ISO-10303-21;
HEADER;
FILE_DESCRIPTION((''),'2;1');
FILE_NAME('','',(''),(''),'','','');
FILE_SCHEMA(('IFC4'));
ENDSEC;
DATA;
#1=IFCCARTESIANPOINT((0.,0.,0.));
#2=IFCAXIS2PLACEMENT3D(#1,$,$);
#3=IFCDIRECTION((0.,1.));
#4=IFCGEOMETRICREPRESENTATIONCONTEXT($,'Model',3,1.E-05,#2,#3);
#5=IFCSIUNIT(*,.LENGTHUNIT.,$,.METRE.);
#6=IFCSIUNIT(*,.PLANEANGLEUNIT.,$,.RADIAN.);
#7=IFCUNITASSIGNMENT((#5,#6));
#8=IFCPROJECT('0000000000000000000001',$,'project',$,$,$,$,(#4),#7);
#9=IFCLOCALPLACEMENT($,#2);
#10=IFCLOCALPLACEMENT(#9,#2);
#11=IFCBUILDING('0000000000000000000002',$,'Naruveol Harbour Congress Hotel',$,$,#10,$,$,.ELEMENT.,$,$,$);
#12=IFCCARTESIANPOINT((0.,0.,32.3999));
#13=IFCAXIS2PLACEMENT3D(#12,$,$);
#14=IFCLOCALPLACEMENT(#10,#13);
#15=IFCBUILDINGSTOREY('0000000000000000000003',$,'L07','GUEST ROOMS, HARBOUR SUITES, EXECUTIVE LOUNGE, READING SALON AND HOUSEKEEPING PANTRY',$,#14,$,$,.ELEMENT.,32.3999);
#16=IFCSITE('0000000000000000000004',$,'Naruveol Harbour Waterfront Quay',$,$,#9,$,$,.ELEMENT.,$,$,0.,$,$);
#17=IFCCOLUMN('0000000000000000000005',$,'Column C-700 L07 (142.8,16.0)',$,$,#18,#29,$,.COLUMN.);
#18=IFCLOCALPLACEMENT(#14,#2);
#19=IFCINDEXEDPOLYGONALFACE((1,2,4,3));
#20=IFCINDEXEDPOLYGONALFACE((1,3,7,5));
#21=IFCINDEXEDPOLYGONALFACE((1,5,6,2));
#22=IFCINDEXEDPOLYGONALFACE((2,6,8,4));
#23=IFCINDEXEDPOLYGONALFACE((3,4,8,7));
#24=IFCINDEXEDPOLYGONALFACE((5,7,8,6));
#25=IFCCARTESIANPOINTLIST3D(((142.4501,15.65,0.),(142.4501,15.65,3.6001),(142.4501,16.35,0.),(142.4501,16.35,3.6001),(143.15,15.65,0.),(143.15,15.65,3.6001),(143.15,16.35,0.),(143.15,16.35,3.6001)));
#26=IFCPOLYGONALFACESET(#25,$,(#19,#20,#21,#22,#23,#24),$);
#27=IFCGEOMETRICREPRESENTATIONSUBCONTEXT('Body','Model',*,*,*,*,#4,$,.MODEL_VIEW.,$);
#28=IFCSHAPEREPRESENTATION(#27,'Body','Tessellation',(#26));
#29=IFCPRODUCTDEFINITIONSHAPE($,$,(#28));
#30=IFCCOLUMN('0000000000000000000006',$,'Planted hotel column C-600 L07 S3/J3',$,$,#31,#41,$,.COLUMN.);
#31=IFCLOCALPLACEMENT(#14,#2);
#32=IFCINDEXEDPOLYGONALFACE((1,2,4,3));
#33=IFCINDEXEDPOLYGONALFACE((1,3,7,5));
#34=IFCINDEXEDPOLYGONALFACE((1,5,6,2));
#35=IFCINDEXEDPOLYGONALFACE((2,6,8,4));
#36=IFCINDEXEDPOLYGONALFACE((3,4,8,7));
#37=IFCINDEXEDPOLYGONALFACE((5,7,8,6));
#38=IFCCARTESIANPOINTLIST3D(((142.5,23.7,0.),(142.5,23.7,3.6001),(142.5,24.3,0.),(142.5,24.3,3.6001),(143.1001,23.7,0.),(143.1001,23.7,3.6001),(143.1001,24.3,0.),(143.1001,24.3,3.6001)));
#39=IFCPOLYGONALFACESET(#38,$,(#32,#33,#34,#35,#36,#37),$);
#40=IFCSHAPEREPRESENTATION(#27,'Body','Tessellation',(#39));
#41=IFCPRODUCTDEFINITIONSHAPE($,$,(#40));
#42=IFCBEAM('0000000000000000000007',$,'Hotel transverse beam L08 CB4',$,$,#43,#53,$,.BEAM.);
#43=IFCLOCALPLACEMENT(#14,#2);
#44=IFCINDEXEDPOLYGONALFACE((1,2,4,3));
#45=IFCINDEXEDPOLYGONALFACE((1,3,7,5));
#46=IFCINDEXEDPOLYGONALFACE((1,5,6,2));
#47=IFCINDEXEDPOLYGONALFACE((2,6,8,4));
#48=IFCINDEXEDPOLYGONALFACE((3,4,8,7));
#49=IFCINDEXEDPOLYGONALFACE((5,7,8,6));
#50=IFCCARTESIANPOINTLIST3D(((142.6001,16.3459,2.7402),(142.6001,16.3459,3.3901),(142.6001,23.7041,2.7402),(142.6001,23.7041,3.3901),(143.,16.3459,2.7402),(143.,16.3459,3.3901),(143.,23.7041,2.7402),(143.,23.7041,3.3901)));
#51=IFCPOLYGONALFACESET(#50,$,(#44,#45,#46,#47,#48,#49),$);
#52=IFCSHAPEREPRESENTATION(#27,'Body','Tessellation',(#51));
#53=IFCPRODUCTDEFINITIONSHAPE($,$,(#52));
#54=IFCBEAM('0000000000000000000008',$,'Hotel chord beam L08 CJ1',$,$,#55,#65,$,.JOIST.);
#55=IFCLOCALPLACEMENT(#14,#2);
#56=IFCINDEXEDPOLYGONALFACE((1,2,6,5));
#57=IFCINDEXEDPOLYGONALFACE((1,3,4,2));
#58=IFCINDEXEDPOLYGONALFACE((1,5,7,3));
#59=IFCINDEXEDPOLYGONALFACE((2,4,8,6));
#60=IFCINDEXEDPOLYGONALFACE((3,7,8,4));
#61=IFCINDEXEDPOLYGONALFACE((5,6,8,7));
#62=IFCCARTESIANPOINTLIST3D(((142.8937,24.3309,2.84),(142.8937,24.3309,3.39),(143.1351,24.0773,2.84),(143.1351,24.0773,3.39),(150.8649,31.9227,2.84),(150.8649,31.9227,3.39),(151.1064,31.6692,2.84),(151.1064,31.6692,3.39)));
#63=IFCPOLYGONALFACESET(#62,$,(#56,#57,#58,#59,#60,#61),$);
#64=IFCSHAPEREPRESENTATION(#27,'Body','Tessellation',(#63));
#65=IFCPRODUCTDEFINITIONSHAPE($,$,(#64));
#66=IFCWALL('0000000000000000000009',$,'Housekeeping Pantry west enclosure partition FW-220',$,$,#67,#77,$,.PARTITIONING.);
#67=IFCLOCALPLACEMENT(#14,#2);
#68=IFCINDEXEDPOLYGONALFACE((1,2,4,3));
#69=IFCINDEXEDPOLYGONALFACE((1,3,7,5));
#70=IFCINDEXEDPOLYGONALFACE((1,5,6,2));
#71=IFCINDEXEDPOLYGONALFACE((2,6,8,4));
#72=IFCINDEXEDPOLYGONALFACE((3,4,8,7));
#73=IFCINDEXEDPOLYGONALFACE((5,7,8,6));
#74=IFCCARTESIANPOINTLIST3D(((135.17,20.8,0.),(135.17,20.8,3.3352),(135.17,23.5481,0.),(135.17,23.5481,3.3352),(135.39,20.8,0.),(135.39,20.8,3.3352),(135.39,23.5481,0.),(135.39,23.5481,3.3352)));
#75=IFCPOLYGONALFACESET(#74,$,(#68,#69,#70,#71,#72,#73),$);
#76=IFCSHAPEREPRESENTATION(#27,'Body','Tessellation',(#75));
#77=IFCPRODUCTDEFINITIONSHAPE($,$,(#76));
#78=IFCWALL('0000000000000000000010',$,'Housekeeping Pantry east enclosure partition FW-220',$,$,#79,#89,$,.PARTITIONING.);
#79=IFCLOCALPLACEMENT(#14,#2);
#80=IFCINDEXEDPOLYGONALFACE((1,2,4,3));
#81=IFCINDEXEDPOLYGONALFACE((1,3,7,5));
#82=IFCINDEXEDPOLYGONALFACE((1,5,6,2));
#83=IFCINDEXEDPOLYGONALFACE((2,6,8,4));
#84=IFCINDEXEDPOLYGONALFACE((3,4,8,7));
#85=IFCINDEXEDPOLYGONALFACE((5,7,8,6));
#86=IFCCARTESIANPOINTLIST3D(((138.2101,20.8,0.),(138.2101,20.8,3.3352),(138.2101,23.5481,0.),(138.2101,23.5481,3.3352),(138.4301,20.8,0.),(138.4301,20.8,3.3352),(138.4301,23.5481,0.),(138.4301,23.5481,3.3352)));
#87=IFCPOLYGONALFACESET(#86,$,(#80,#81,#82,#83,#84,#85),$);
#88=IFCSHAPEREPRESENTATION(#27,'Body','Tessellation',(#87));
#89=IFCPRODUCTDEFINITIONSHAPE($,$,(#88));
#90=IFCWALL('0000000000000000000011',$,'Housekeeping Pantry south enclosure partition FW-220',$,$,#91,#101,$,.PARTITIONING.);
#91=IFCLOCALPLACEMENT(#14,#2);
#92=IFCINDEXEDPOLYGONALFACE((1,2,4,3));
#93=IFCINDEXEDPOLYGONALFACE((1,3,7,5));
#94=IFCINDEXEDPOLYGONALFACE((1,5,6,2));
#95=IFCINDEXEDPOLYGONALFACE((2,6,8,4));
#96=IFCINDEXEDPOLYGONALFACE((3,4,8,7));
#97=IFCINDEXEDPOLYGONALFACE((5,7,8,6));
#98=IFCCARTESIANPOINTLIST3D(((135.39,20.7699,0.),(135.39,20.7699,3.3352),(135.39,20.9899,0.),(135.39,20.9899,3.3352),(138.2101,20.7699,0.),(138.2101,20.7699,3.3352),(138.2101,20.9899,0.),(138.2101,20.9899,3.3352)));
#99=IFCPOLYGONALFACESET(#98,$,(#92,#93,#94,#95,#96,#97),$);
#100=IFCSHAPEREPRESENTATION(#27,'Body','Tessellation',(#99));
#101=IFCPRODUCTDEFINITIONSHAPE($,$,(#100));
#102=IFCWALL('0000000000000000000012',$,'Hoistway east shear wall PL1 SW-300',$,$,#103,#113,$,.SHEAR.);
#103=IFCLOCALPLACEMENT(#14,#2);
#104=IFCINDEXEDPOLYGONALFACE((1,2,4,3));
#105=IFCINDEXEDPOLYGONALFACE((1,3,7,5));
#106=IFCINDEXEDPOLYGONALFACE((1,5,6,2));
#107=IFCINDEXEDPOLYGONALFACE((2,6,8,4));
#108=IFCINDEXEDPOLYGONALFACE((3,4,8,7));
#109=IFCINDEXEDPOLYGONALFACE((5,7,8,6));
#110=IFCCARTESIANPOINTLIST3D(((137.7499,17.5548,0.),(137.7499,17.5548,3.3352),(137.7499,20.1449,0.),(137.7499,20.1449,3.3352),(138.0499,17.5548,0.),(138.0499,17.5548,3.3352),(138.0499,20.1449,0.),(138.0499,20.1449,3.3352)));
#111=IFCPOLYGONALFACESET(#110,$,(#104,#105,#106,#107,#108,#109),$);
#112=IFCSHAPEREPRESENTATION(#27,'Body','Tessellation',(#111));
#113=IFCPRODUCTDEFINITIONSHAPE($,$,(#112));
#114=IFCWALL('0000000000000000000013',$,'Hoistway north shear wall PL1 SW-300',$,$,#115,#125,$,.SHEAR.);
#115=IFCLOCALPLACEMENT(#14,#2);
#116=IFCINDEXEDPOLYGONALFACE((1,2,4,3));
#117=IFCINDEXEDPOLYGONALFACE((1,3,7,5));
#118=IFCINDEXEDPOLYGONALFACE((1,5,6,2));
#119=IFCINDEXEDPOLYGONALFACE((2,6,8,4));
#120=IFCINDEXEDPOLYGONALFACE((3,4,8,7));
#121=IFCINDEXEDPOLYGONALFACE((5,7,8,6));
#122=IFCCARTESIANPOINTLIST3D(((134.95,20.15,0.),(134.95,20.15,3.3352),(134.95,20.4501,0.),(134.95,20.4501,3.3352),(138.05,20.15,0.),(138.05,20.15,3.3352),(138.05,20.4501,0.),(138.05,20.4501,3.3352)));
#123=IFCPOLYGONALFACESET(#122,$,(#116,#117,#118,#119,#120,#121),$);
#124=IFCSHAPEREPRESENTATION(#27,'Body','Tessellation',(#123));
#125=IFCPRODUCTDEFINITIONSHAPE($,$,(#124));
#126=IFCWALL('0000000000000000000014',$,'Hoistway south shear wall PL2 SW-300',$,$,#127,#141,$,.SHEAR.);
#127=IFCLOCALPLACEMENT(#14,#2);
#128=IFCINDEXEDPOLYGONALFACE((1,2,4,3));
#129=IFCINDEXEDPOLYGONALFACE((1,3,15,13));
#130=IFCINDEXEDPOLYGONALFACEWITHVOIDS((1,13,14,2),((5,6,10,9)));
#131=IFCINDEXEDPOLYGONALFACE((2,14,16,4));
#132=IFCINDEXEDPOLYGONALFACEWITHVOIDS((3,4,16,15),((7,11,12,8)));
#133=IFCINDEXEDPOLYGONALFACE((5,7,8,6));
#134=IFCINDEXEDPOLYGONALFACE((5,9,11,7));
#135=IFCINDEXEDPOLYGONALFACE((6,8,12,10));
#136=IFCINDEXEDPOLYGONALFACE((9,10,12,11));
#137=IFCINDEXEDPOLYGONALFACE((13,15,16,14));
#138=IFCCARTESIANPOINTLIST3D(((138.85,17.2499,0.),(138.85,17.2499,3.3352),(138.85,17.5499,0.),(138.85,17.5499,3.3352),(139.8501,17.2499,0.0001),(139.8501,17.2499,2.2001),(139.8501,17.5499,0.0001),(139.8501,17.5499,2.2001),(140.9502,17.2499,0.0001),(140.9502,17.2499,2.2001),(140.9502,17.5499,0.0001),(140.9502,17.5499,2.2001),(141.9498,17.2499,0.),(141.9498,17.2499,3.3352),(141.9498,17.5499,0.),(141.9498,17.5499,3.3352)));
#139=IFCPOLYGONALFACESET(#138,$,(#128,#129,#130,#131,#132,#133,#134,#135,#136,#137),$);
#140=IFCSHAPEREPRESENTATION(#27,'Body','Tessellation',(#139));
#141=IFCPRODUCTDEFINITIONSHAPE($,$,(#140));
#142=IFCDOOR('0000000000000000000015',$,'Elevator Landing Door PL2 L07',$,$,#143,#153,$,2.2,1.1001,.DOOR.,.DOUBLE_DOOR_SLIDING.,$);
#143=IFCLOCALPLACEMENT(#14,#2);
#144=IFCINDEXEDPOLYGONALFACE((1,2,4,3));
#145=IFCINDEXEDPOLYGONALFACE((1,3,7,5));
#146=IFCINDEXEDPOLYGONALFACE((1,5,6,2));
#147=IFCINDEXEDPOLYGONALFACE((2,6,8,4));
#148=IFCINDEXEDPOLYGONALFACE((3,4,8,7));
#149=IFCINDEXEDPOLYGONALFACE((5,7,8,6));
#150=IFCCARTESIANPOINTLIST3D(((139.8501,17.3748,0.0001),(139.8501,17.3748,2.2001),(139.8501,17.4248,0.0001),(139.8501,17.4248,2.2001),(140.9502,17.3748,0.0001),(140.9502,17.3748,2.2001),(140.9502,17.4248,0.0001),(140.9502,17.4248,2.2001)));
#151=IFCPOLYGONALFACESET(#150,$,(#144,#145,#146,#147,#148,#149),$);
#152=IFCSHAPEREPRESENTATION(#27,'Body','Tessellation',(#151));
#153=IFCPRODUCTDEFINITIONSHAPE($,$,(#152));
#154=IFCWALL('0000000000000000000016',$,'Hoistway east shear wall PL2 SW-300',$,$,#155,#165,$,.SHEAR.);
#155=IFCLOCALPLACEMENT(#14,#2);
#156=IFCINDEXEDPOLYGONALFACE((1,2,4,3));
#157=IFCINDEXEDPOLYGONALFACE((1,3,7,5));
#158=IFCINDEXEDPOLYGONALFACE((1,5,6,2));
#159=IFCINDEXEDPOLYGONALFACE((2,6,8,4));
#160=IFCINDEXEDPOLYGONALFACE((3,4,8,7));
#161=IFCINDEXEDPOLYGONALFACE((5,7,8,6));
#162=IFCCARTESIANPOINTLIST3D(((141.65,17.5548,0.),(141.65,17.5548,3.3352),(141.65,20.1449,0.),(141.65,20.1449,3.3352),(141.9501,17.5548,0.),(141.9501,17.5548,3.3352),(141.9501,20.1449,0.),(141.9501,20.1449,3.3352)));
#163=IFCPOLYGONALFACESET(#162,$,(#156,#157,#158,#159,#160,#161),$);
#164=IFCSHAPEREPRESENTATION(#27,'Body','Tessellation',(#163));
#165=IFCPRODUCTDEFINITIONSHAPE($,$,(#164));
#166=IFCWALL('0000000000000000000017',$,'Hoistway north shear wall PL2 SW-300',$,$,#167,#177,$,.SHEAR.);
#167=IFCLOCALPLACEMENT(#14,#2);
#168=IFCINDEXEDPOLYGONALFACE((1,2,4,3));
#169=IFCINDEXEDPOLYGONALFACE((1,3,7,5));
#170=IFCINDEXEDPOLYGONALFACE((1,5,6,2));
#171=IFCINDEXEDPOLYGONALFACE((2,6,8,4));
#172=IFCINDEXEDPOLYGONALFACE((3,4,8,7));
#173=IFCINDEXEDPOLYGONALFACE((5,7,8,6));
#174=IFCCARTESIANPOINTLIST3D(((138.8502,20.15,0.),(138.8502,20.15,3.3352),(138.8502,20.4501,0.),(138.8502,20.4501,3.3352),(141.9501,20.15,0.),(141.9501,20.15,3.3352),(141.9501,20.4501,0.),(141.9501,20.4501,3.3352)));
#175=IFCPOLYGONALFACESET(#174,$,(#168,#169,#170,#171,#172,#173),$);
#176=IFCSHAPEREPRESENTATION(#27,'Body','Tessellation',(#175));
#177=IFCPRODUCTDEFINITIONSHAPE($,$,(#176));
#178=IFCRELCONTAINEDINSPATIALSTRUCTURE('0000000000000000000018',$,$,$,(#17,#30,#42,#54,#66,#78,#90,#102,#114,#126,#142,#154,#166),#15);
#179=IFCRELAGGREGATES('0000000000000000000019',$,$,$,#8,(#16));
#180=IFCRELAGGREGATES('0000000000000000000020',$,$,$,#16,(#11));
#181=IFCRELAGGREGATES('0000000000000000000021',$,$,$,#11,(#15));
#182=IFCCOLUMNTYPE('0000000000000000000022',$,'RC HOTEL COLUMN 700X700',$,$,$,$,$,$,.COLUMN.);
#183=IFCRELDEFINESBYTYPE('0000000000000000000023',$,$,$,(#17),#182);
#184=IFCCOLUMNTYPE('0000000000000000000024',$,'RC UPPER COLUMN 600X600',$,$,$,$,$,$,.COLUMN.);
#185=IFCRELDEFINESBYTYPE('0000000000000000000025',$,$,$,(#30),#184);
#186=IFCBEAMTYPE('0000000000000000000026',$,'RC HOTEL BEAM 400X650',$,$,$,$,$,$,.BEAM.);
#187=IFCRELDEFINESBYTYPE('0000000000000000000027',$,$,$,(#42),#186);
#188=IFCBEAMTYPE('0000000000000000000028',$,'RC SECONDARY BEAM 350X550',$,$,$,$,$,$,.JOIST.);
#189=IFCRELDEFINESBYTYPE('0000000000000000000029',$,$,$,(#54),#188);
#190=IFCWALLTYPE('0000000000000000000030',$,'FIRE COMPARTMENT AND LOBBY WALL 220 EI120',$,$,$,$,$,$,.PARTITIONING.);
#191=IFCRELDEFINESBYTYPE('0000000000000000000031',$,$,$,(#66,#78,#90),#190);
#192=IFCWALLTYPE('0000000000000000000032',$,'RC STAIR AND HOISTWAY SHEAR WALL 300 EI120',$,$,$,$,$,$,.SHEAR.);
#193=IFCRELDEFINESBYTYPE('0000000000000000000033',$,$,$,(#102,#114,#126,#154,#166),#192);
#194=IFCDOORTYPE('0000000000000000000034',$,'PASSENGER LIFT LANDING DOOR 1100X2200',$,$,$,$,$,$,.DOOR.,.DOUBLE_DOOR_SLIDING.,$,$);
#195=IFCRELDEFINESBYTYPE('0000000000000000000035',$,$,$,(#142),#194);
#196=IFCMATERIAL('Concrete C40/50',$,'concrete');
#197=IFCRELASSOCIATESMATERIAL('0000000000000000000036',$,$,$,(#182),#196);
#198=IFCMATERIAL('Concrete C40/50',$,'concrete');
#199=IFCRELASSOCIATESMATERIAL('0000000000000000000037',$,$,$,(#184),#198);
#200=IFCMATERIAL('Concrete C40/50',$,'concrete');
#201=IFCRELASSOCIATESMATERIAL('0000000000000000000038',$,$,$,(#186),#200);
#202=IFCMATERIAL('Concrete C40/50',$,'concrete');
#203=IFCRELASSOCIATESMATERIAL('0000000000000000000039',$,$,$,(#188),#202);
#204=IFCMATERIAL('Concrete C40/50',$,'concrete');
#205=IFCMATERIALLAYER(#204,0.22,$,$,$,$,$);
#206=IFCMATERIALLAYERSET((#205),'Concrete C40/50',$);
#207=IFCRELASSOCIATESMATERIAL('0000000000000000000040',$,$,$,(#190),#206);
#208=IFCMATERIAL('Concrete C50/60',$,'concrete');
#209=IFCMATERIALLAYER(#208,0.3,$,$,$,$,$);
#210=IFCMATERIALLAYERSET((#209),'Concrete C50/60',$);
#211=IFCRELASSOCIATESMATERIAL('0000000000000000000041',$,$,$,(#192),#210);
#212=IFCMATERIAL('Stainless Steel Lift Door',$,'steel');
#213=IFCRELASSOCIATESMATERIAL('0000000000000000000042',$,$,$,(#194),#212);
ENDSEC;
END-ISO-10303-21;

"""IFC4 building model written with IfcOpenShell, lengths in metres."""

from ifc_helpers import new_model, si_unit, direction, frame, frame_2d, origin, origin_2d, place, context, subcontext, project, spatial, rectangle, extrude, material, layer, layer_set, material_profile, profile_set, type_object, element, fill, save


model = new_model("IFC4")

# Units and contexts
model_context = context("Model", 3, precision=1e-05, world=origin(), true_north=direction((0.0, 1.0)))
body_context = subcontext(model_context, "Body", "Model", "MODEL_VIEW")
ifc_project = project(units=[si_unit("LENGTHUNIT", "METRE"), si_unit("PLANEANGLEUNIT", "RADIAN")], contexts=[model_context])

# Site, building, storey
site_placement = place(None, origin())
site = spatial("IfcSite", under=ifc_project, at=site_placement, Name="Naruveol Harbour Waterfront Quay", CompositionType="ELEMENT", RefElevation=0.0)
building_placement = place(site_placement, origin())
building = spatial("IfcBuilding", under=site, at=building_placement, Name="Naruveol Harbour Congress Hotel", CompositionType="ELEMENT")
storey_placement = place(building_placement, frame((0.0, 0.0, 32.3999)))
storey = spatial("IfcBuildingStorey", under=building, at=storey_placement, Name="L07", Description="GUEST ROOMS, HARBOUR SUITES, EXECUTIVE LOUNGE, READING SALON AND HOUSEKEEPING PANTRY", CompositionType="ELEMENT", Elevation=32.3999)

# Columns
ifc_material_1 = material(Name="Concrete C40/50", Category="concrete")
ifc_material_profile_1 = material_profile(ifc_material_1, rectangle(XDim=0.7, YDim=0.7, at=origin_2d()), Name="RC-700x700")
ifc_profile_set_1 = profile_set([ifc_material_profile_1], Name="Concrete C40/50")
column_type_1 = type_object("IfcColumnType", Name="RC HOTEL COLUMN 700X700", PredefinedType="COLUMN", material=ifc_profile_set_1)
column_1_placement = place(storey_placement, frame((142.8, 16.0, 0.0), z_axis=(0.0, 0.0, 1.0), x_axis=(1.0, 0.0, 0.0)))
element("IfcColumn", 1, at=column_1_placement, inside=storey, type_object=column_type_1, Name="Column C-700 L07 (142.8,16.0)", PredefinedType="COLUMN", context=body_context, shape_type="SweptSolid", body=[
    extrude(rectangle(XDim=0.7, YDim=0.7, at=origin_2d()), origin(), (0.0, 0.0, 1.0), 3.6001),
])
ifc_material_2 = material(Name="Concrete C40/50", Category="concrete")
ifc_material_profile_2 = material_profile(ifc_material_2, rectangle(XDim=0.6001, YDim=0.6001, at=origin_2d()), Name="RC-600x600")
ifc_profile_set_2 = profile_set([ifc_material_profile_2], Name="Concrete C40/50")
column_type_2 = type_object("IfcColumnType", Name="RC UPPER COLUMN 600X600", PredefinedType="COLUMN", material=ifc_profile_set_2)
column_2_placement = place(storey_placement, frame((142.8, 24.0, 0.0), z_axis=(0.0, 0.0, 1.0), x_axis=(1.0, 0.0, 0.0)))
element("IfcColumn", 2, at=column_2_placement, inside=storey, type_object=column_type_2, Name="Planted hotel column C-600 L07 S3/J3", PredefinedType="COLUMN", context=body_context, shape_type="SweptSolid", body=[
    extrude(rectangle(XDim=0.6001, YDim=0.6001, at=origin_2d()), origin(), (0.0, 0.0, 1.0), 3.6001),
])

# Beams
ifc_material_3 = material(Name="Concrete C40/50", Category="concrete")
ifc_material_profile_3 = material_profile(ifc_material_3, rectangle(XDim=0.3999, YDim=0.6499, at=origin_2d()), Name="RCB-400x650")
ifc_profile_set_3 = profile_set([ifc_material_profile_3], Name="Concrete C40/50")
beam_type_1 = type_object("IfcBeamType", Name="RC HOTEL BEAM 400X650", PredefinedType="BEAM", material=ifc_profile_set_3)
beam_1_placement = place(storey_placement, frame((142.8, 16.3459, 3.0652), z_axis=(0.0, 1.0, 0.0), x_axis=(-1.0, 0.0, 0.0)))
element("IfcBeam", 3, at=beam_1_placement, inside=storey, type_object=beam_type_1, Name="Hotel transverse beam L08 CB4", PredefinedType="BEAM", context=body_context, shape_type="SweptSolid", body=[
    extrude(rectangle(XDim=0.3999, YDim=0.6499, at=origin_2d()), origin(), (0.0, 0.0, 1.0), 7.3582),
])
ifc_material_4 = material(Name="Concrete C40/50", Category="concrete")
ifc_material_profile_4 = material_profile(ifc_material_4, rectangle(XDim=0.3501, YDim=0.55, at=origin_2d()), Name="RCB-350x550")
ifc_profile_set_4 = profile_set([ifc_material_profile_4], Name="Concrete C40/50")
beam_type_2 = type_object("IfcBeamType", Name="RC SECONDARY BEAM 350X550", PredefinedType="JOIST", material=ifc_profile_set_4)
beam_2_placement = place(storey_placement, frame((143.0144, 24.2041, 3.115), z_axis=(0.724129, 0.689664, 0.0), x_axis=(-0.689664, 0.724129, 0.0)))
element("IfcBeam", 4, at=beam_2_placement, inside=storey, type_object=beam_type_2, Name="Hotel chord beam L08 CJ1", PredefinedType="JOIST", context=body_context, shape_type="SweptSolid", body=[
    extrude(rectangle(XDim=0.3501, YDim=0.55, at=origin_2d()), origin(), (0.0, 0.0, 1.0), 11.0081),
])

# Shared definitions
ifc_material_5 = material(Name="Concrete C40/50", Category="concrete")
ifc_layer_1 = layer(ifc_material_5, 0.22)
ifc_layer_set_1 = layer_set([ifc_layer_1], Name="Concrete C40/50")
wall_type_1 = type_object("IfcWallType", Name="FIRE COMPARTMENT AND LOBBY WALL 220 EI120", PredefinedType="PARTITIONING", material=ifc_layer_set_1)

# Walls
for number, where, z_axis, x_axis, name in (
    (5, (135.28, 20.8, 0.0), (0.0, 0.0, 1.0), (0.0, 1.0, 0.0), "Housekeeping Pantry west enclosure partition FW-220"),
    (6, (138.3201, 20.8, 0.0), (0.0, 0.0, 1.0), (0.0, 1.0, 0.0), "Housekeeping Pantry east enclosure partition FW-220"),
):
    element("IfcWall", number, at=place(storey_placement, frame(where, z_axis=z_axis, x_axis=x_axis)), inside=storey, type_object=wall_type_1, Name=name, PredefinedType="PARTITIONING", context=body_context, shape_type="SweptSolid", body=[
        extrude(rectangle(XDim=2.748, YDim=0.22, at=frame_2d((1.374, 0.0))), origin(), (0.0, 0.0, 1.0), 3.3352),
    ])
wall_1_placement = place(storey_placement, frame((135.3899, 20.8799, 0.0), z_axis=(0.0, 0.0, 1.0), x_axis=(1.0, 0.0, 0.0)))
element("IfcWall", 7, at=wall_1_placement, inside=storey, type_object=wall_type_1, Name="Housekeeping Pantry south enclosure partition FW-220", PredefinedType="PARTITIONING", context=body_context, shape_type="SweptSolid", body=[
    extrude(rectangle(XDim=2.8201, YDim=0.22, at=frame_2d((1.4102, 0.0))), origin(), (0.0, 0.0, 1.0), 3.3352),
])
ifc_material_6 = material(Name="Concrete C50/60", Category="concrete")
ifc_layer_2 = layer(ifc_material_6, 0.3)
ifc_layer_set_2 = layer_set([ifc_layer_2], Name="Concrete C50/60")
wall_type_2 = type_object("IfcWallType", Name="RC STAIR AND HOISTWAY SHEAR WALL 300 EI120", PredefinedType="SHEAR", material=ifc_layer_set_2)
wall_2_placement = place(storey_placement, frame((137.8999, 17.5549, 0.0), z_axis=(0.0, 0.0, 1.0), x_axis=(0.0, 1.0, 0.0)))
element("IfcWall", 8, at=wall_2_placement, inside=storey, type_object=wall_type_2, Name="Hoistway east shear wall PL1 SW-300", PredefinedType="SHEAR", context=body_context, shape_type="SweptSolid", body=[
    extrude(rectangle(XDim=2.5901, YDim=0.3, at=frame_2d((1.2949, 0.0))), origin(), (0.0, 0.0, 1.0), 3.3352),
])
wall_3_placement = place(storey_placement, frame((138.05, 20.3, 0.0), z_axis=(0.0, 0.0, 1.0), x_axis=(-1.0, 0.0, 0.0)))
element("IfcWall", 9, at=wall_3_placement, inside=storey, type_object=wall_type_2, Name="Hoistway north shear wall PL1 SW-300", PredefinedType="SHEAR", context=body_context, shape_type="SweptSolid", body=[
    extrude(rectangle(XDim=3.1001, YDim=0.3, at=frame_2d((1.55, 0.0))), origin(), (0.0, 0.0, 1.0), 3.3352),
])

# Wall, opening, door
wall_4_placement = place(storey_placement, frame((138.8501, 17.3999, 0.0), z_axis=(0.0, 0.0, 1.0), x_axis=(1.0, 0.0, 0.0)))
wall_4 = element("IfcWall", 10, at=wall_4_placement, inside=storey, type_object=wall_type_2, Name="Hoistway south shear wall PL2 SW-300", PredefinedType="SHEAR", context=body_context, shape_type="SweptSolid", body=[
    extrude(rectangle(XDim=3.0999, YDim=0.3, at=frame_2d((1.5498, 0.0))), origin(), (0.0, 0.0, 1.0), 3.3352),
])
opening_1_placement = place(wall_4_placement, frame((1.0, 0.0, 0.0)))
opening_1 = element("IfcOpeningElement", 11, at=opening_1_placement, cuts=wall_4, PredefinedType="OPENING", context=body_context, shape_type="SweptSolid", body=[
    extrude(rectangle(XDim=1.1001, YDim=2.2, at=frame_2d((0.55, 1.1001))), frame((0.0, 0.1599, 0.0), z_axis=(0.0, -1.0, 0.0), x_axis=(1.0, 0.0, 0.0)), (0.0, 0.0, 1.0), 0.3201),
])
ifc_material_7 = material(Name="Stainless Steel Lift Door", Category="steel")
door_type_1 = type_object("IfcDoorType", Name="PASSENGER LIFT LANDING DOOR 1100X2200", OperationType="DOUBLE_DOOR_SLIDING", PredefinedType="DOOR", material=ifc_material_7)
door_1_placement = place(opening_1_placement, origin())
door_1 = element("IfcDoor", 12, at=door_1_placement, inside=storey, type_object=door_type_1, Name="Elevator Landing Door PL2 L07", OperationType="DOUBLE_DOOR_SLIDING", OverallHeight=2.2, OverallWidth=1.1001, PredefinedType="DOOR", context=body_context, shape_type="SweptSolid", body=[
    extrude(rectangle(XDim=1.1001, YDim=2.2, at=frame_2d((0.55, 1.1001))), frame((0.0, 0.0249, 0.0), z_axis=(0.0, -1.0, 0.0), x_axis=(1.0, 0.0, 0.0)), (0.0, 0.0, 1.0), 0.05),
])
fill(opening_1, door_1)

# Walls
wall_5_placement = place(storey_placement, frame((141.8, 17.5549, 0.0), z_axis=(0.0, 0.0, 1.0), x_axis=(0.0, 1.0, 0.0)))
element("IfcWall", 13, at=wall_5_placement, inside=storey, type_object=wall_type_2, Name="Hoistway east shear wall PL2 SW-300", PredefinedType="SHEAR", context=body_context, shape_type="SweptSolid", body=[
    extrude(rectangle(XDim=2.5901, YDim=0.3, at=frame_2d((1.2949, 0.0))), origin(), (0.0, 0.0, 1.0), 3.3352),
])
wall_6_placement = place(storey_placement, frame((141.95, 20.3, 0.0), z_axis=(0.0, 0.0, 1.0), x_axis=(-1.0, 0.0, 0.0)))
element("IfcWall", 14, at=wall_6_placement, inside=storey, type_object=wall_type_2, Name="Hoistway north shear wall PL2 SW-300", PredefinedType="SHEAR", context=body_context, shape_type="SweptSolid", body=[
    extrude(rectangle(XDim=3.0999, YDim=0.3, at=frame_2d((1.5498, 0.0))), origin(), (0.0, 0.0, 1.0), 3.3352),
])

save(model, "model.ifc")
